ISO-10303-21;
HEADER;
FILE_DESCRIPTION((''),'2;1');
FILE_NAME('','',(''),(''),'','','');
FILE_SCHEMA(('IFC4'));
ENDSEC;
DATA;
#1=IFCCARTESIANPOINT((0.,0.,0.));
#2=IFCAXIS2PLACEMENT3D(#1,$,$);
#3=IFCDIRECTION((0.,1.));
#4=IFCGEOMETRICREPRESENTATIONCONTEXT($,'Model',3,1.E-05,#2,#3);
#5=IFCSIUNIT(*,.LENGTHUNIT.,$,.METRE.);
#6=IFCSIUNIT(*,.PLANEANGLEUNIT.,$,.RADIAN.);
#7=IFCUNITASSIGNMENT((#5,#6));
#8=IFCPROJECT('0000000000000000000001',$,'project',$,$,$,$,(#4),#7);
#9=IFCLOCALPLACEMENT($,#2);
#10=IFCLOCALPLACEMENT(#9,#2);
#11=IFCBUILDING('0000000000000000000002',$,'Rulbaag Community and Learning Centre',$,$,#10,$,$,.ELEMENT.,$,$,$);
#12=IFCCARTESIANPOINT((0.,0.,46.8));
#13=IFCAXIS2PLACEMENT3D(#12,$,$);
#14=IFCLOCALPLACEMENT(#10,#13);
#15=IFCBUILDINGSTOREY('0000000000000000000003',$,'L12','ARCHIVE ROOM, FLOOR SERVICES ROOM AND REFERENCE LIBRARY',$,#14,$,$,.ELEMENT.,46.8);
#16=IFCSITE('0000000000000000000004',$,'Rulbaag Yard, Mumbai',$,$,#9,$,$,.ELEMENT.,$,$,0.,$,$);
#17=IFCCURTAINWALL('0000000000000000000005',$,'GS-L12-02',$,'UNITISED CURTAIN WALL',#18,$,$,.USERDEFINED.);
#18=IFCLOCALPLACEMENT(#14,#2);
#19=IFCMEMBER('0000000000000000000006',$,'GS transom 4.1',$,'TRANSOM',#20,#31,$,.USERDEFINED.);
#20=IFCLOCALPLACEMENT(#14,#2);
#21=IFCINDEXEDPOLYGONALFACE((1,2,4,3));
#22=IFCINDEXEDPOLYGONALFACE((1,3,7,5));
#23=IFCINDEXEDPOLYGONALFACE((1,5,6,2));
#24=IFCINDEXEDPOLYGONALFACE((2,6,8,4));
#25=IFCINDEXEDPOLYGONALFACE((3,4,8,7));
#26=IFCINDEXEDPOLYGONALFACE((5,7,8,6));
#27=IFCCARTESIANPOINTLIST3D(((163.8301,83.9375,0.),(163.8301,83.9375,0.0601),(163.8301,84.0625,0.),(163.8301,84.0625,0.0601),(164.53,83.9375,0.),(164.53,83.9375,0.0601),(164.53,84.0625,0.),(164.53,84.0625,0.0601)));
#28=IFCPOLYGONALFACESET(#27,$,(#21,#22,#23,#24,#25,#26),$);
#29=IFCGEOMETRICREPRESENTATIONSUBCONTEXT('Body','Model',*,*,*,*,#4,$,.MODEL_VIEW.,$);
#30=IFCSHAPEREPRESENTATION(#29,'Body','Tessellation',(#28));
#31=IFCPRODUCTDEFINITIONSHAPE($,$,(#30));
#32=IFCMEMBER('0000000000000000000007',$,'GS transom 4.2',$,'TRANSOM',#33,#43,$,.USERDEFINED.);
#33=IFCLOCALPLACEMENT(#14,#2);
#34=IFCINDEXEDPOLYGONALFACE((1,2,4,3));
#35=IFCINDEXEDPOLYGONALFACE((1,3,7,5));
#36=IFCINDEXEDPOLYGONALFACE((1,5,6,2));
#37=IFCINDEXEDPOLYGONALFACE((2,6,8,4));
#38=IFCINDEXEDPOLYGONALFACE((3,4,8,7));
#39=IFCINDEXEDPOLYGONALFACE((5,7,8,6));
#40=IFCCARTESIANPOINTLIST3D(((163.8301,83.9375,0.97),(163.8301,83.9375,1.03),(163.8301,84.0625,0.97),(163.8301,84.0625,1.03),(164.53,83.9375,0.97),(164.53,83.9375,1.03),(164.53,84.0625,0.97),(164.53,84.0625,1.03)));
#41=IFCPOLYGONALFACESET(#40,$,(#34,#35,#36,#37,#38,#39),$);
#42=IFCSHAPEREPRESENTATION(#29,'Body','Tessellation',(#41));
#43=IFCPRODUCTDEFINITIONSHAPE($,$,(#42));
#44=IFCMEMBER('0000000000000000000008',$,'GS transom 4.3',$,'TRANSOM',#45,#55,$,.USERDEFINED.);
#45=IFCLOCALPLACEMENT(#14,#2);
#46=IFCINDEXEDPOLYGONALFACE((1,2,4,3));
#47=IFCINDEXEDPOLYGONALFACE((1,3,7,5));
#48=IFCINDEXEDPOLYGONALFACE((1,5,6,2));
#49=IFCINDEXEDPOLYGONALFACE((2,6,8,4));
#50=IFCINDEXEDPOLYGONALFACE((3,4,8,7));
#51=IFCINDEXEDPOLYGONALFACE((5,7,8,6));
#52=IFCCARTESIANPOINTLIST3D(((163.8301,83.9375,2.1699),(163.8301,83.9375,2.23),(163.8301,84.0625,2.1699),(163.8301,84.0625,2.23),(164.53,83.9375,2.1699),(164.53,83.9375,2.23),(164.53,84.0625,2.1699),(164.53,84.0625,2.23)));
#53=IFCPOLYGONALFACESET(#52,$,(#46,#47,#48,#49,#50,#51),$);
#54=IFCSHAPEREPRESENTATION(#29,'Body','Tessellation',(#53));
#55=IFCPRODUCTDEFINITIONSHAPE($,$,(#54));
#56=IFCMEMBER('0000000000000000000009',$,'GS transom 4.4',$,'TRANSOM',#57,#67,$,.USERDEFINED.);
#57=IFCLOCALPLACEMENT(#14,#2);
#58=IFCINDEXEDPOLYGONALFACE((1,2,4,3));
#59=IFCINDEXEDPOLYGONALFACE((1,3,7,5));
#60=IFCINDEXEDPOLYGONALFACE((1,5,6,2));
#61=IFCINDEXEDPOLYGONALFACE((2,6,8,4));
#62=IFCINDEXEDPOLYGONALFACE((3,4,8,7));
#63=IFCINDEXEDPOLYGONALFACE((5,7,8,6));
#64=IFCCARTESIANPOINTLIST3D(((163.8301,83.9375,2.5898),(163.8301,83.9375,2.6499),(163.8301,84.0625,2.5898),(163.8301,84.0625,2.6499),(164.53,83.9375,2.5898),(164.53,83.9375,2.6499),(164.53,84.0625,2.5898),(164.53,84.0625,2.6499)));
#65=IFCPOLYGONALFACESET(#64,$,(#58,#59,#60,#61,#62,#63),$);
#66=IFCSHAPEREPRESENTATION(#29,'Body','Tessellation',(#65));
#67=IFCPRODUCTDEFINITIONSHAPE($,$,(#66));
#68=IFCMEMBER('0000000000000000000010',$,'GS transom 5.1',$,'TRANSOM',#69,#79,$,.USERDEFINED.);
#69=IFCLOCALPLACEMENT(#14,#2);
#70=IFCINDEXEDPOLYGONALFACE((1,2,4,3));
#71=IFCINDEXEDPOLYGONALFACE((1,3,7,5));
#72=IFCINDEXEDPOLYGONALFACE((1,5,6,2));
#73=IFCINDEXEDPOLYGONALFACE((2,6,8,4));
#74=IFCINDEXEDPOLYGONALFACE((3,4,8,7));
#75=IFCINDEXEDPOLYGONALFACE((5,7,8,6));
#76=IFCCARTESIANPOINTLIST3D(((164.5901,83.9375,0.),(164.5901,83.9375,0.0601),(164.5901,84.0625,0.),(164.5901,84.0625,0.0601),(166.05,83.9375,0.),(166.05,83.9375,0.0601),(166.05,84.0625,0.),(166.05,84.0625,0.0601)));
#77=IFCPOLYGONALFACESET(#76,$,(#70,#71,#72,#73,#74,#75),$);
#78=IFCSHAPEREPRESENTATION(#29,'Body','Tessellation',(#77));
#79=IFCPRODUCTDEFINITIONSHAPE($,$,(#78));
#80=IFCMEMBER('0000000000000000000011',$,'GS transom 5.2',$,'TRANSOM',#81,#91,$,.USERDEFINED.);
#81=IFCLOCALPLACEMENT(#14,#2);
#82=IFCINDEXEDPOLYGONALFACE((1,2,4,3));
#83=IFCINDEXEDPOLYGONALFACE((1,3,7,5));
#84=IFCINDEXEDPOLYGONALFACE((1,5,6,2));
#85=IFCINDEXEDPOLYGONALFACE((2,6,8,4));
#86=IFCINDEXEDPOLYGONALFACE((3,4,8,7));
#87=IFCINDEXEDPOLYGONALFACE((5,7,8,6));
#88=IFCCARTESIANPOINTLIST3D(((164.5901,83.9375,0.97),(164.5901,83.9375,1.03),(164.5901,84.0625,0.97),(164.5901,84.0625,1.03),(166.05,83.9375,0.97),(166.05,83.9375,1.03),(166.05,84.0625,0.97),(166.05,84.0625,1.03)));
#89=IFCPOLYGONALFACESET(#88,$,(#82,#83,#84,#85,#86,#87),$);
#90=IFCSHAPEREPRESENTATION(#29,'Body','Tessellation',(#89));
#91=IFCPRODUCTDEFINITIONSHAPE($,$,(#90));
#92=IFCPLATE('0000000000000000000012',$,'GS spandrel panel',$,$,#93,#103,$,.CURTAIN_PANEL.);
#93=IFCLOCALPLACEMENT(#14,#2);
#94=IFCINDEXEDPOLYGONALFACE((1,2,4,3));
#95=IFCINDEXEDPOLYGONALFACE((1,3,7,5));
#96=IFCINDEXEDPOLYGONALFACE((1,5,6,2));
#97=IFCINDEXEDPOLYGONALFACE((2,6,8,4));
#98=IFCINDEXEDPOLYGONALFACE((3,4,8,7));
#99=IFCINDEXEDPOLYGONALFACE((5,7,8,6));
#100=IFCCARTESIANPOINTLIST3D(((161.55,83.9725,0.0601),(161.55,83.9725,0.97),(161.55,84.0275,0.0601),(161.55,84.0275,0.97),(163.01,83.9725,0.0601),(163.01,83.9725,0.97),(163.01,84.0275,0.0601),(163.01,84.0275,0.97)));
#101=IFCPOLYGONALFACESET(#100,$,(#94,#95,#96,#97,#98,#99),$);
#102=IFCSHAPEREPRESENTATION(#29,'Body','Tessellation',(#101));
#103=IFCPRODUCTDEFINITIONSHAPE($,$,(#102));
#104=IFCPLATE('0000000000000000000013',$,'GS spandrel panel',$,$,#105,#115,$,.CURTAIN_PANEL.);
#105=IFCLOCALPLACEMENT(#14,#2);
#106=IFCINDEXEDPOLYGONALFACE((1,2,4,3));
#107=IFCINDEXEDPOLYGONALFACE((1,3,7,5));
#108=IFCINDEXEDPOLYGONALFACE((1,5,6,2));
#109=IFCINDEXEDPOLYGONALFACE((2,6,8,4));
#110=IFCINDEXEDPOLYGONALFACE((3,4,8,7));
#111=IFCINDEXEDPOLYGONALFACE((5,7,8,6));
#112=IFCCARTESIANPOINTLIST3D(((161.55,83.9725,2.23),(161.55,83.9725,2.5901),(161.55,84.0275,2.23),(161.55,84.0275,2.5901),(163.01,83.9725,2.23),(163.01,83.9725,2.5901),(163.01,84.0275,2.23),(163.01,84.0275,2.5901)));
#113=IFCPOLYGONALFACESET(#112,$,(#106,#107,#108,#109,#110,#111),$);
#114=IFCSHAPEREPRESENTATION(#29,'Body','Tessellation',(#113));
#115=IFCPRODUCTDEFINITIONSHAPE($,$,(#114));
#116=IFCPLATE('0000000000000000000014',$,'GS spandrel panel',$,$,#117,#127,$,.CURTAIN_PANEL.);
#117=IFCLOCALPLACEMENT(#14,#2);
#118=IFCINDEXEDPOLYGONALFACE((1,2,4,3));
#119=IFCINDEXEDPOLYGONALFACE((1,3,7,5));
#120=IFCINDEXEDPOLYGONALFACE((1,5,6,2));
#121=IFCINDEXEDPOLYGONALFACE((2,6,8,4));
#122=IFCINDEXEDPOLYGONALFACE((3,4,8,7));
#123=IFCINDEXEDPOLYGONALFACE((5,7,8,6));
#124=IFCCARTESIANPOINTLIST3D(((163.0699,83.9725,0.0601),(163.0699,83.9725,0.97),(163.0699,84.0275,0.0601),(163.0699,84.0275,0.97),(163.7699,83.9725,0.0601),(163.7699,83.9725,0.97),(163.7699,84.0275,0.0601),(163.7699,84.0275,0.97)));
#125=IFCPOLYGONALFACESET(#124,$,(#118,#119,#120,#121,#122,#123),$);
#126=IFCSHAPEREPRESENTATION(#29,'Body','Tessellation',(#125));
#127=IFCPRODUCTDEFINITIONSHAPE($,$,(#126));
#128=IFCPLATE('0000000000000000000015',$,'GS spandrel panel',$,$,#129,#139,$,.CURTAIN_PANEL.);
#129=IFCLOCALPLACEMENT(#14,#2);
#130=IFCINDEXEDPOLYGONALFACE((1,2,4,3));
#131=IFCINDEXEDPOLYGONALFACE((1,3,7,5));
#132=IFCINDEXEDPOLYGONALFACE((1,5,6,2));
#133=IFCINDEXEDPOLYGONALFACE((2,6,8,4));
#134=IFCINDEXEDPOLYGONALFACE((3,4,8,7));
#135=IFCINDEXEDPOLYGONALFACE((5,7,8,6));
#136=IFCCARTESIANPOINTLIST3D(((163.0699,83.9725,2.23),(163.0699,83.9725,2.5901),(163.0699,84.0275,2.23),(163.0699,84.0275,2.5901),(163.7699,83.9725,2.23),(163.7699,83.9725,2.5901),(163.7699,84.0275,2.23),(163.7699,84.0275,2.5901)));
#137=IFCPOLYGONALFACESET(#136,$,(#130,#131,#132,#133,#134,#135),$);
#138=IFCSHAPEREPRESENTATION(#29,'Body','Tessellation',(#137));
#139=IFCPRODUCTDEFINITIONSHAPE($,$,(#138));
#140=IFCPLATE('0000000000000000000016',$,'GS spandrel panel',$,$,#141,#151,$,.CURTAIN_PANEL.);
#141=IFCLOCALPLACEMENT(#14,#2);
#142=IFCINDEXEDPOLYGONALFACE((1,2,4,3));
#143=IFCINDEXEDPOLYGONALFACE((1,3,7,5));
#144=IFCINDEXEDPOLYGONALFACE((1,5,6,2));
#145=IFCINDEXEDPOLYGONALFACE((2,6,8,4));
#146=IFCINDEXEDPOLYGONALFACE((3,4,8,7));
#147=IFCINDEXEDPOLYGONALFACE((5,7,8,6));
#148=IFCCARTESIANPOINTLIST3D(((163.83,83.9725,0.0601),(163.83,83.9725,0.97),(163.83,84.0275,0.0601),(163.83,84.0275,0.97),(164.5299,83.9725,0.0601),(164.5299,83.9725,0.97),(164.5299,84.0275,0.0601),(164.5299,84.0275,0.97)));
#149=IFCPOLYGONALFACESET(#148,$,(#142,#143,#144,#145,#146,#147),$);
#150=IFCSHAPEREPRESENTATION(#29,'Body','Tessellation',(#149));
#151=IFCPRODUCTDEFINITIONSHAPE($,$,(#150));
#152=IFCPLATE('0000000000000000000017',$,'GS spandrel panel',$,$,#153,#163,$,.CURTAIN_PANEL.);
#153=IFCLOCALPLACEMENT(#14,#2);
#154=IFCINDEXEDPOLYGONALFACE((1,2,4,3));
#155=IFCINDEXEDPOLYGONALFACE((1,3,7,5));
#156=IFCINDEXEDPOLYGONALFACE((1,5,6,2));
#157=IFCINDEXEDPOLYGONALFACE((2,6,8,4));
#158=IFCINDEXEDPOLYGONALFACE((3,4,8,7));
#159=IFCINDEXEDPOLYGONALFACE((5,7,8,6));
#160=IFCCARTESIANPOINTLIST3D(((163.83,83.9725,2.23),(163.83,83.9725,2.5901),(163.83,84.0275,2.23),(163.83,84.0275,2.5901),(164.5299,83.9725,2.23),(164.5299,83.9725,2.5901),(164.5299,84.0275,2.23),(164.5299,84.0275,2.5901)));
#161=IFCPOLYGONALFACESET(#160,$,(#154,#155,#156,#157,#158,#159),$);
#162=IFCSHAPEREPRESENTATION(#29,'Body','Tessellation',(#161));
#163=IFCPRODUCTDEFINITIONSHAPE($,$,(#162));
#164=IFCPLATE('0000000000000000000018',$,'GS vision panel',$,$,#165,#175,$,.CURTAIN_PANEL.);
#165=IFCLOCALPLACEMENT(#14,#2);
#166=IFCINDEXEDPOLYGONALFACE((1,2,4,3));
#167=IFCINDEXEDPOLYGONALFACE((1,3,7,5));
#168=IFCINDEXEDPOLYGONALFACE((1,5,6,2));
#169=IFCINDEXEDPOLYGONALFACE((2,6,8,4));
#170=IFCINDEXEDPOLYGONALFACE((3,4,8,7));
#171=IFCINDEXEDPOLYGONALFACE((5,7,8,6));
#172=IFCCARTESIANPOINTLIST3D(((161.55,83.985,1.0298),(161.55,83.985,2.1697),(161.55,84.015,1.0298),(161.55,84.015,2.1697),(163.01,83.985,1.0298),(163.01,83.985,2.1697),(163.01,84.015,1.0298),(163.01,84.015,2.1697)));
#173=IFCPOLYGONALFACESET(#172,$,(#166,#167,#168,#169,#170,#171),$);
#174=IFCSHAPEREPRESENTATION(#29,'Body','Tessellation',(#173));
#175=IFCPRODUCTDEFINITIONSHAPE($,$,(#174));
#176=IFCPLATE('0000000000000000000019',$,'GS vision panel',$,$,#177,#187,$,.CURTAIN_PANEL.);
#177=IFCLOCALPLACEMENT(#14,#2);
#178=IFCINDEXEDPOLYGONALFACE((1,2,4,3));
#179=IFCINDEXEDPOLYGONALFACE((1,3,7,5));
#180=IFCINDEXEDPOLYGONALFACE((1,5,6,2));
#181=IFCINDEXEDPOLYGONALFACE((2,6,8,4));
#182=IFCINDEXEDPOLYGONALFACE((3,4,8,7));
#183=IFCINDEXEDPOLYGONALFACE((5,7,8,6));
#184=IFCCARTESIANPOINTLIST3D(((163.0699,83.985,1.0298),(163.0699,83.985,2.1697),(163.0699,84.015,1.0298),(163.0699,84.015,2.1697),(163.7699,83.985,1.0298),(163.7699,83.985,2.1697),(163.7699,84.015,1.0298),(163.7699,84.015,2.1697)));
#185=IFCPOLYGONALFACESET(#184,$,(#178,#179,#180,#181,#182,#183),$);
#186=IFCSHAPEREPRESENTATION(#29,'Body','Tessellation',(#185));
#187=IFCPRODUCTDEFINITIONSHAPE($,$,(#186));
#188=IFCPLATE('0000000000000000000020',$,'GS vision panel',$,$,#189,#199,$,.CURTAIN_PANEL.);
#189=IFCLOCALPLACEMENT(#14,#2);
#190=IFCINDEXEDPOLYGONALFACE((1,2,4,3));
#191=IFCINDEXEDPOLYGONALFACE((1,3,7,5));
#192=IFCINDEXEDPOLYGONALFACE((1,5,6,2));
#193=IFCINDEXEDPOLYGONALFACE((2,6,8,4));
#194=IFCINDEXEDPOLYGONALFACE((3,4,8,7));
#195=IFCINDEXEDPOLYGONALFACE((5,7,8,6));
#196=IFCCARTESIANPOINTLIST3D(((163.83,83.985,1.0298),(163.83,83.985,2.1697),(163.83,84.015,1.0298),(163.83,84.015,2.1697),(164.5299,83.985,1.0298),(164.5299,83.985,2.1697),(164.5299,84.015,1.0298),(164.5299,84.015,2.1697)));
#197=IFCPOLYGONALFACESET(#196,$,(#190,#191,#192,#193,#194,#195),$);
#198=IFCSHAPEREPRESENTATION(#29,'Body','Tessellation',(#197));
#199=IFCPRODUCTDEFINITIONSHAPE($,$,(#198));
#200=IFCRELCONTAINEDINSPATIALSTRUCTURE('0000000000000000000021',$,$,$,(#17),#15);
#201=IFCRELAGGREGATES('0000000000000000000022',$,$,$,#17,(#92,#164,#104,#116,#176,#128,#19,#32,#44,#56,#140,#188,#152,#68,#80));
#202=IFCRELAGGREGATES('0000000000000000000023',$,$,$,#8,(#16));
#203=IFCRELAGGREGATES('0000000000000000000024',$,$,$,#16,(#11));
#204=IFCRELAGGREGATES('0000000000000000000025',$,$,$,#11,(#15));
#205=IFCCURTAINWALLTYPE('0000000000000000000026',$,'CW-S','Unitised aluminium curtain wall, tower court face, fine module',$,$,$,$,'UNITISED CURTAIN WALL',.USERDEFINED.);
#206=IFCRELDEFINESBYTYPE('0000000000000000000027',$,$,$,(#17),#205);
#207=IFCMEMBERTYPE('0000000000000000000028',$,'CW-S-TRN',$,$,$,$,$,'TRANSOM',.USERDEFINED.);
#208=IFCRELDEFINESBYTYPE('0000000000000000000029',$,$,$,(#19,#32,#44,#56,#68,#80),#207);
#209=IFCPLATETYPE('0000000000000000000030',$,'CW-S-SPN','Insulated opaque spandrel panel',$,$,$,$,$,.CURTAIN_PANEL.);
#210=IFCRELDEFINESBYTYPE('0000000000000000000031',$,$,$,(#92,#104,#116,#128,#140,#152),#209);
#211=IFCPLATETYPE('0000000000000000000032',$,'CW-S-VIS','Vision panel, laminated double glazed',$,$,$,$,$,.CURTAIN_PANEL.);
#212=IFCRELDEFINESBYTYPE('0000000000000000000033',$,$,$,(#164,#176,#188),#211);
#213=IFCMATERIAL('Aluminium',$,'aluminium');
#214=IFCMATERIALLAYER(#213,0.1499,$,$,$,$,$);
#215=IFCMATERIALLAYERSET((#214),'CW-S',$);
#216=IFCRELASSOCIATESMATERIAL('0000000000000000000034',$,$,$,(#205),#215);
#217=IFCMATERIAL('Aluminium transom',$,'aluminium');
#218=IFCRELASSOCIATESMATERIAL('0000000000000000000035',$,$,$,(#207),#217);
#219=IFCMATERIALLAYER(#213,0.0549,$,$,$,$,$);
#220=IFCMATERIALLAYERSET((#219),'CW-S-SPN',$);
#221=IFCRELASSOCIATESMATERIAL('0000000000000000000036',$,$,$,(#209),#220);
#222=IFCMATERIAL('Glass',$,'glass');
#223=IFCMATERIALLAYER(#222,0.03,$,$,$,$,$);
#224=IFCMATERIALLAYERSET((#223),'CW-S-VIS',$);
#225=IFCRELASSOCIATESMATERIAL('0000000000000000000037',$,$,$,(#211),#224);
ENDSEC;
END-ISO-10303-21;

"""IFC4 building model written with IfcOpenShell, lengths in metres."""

from ifc_helpers import new_model, si_unit, direction, frame, origin, origin_2d, place, context, subcontext, project, spatial, rectangle, extrude, material, layer, layer_set, material_profile, profile_set, type_object, element, aggregate, save


model = new_model("IFC4")

# Units and contexts
model_context = context("Model", 3, precision=1e-05, world=origin(), true_north=direction((0.0, 1.0)))
body_context = subcontext(model_context, "Body", "Model", "MODEL_VIEW")
ifc_project = project(units=[si_unit("LENGTHUNIT", "METRE"), si_unit("PLANEANGLEUNIT", "RADIAN")], contexts=[model_context])

# Site, building, storey
site_placement = place(None, origin())
site = spatial("IfcSite", under=ifc_project, at=site_placement, Name="Rulbaag Yard, Mumbai", CompositionType="ELEMENT", RefElevation=0.0)
building_placement = place(site_placement, origin())
building = spatial("IfcBuilding", under=site, at=building_placement, Name="Rulbaag Community and Learning Centre", CompositionType="ELEMENT")
storey_placement = place(building_placement, frame((0.0, 0.0, 46.8)))
storey = spatial("IfcBuildingStorey", under=building, at=storey_placement, Name="L12", Description="ARCHIVE ROOM, FLOOR SERVICES ROOM AND REFERENCE LIBRARY", CompositionType="ELEMENT", Elevation=46.8)

# Curtain wall, members, plates
ifc_material_1 = material(Name="Aluminium", Category="aluminium")
ifc_layer_1 = layer(ifc_material_1, 0.1499)
ifc_layer_set_1 = layer_set([ifc_layer_1], Name="CW-S")
curtain_wall_type = type_object("IfcCurtainWallType", Name="CW-S", Description="Unitised aluminium curtain wall, tower court face, fine module", ElementType="UNITISED CURTAIN WALL", PredefinedType="USERDEFINED", material=ifc_layer_set_1)
curtain_wall_placement = place(storey_placement, origin())
curtain_wall = element("IfcCurtainWall", 1, at=curtain_wall_placement, inside=storey, type_object=curtain_wall_type, Name="GS-L12-02", ObjectType="UNITISED CURTAIN WALL", PredefinedType="USERDEFINED")
ifc_material_2 = material(Name="Aluminium transom", Category="aluminium")
ifc_material_profile_1 = material_profile(ifc_material_2, rectangle(XDim=0.125, YDim=0.0601, at=origin_2d()), Name="AL 60x125 T")
ifc_profile_set_1 = profile_set([ifc_material_profile_1], Name="Aluminium transom")
member_type_1 = type_object("IfcMemberType", Name="CW-S-TRN", ElementType="TRANSOM", PredefinedType="USERDEFINED", material=ifc_profile_set_1)
member_1_placement = place(storey_placement, frame((163.8301, 84.0, 0.03), z_axis=(1.0, 0.0, 0.0), x_axis=(0.0, 1.0, 0.0)))
member_1 = element("IfcMember", 2, at=member_1_placement, type_object=member_type_1, Name="GS transom 4.1", ObjectType="TRANSOM", PredefinedType="USERDEFINED", context=body_context, shape_type="SweptSolid", body=[
    extrude(rectangle(XDim=0.125, YDim=0.0601, at=origin_2d()), origin(), (0.0, 0.0, 1.0), 0.7),
])
member_2_placement = place(storey_placement, frame((163.8301, 84.0, 1.0), z_axis=(1.0, 0.0, 0.0), x_axis=(0.0, 1.0, 0.0)))
member_2 = element("IfcMember", 3, at=member_2_placement, type_object=member_type_1, Name="GS transom 4.2", ObjectType="TRANSOM", PredefinedType="USERDEFINED", context=body_context, shape_type="SweptSolid", body=[
    extrude(rectangle(XDim=0.125, YDim=0.0601, at=origin_2d()), origin(), (0.0, 0.0, 1.0), 0.7),
])
member_3_placement = place(storey_placement, frame((163.8301, 84.0, 2.2), z_axis=(1.0, 0.0, 0.0), x_axis=(0.0, 1.0, 0.0)))
member_3 = element("IfcMember", 4, at=member_3_placement, type_object=member_type_1, Name="GS transom 4.3", ObjectType="TRANSOM", PredefinedType="USERDEFINED", context=body_context, shape_type="SweptSolid", body=[
    extrude(rectangle(XDim=0.125, YDim=0.0601, at=origin_2d()), origin(), (0.0, 0.0, 1.0), 0.7),
])
member_4_placement = place(storey_placement, frame((163.8301, 84.0, 2.6199), z_axis=(1.0, 0.0, 0.0), x_axis=(0.0, 1.0, 0.0)))
member_4 = element("IfcMember", 5, at=member_4_placement, type_object=member_type_1, Name="GS transom 4.4", ObjectType="TRANSOM", PredefinedType="USERDEFINED", context=body_context, shape_type="SweptSolid", body=[
    extrude(rectangle(XDim=0.125, YDim=0.0601, at=origin_2d()), origin(), (0.0, 0.0, 1.0), 0.7),
])
member_5_placement = place(storey_placement, frame((164.5901, 84.0, 0.03), z_axis=(1.0, 0.0, 0.0), x_axis=(0.0, 1.0, 0.0)))
member_5 = element("IfcMember", 6, at=member_5_placement, type_object=member_type_1, Name="GS transom 5.1", ObjectType="TRANSOM", PredefinedType="USERDEFINED", context=body_context, shape_type="SweptSolid", body=[
    extrude(rectangle(XDim=0.125, YDim=0.0601, at=origin_2d()), origin(), (0.0, 0.0, 1.0), 1.46),
])
member_6_placement = place(storey_placement, frame((164.5901, 84.0, 1.0), z_axis=(1.0, 0.0, 0.0), x_axis=(0.0, 1.0, 0.0)))
member_6 = element("IfcMember", 7, at=member_6_placement, type_object=member_type_1, Name="GS transom 5.2", ObjectType="TRANSOM", PredefinedType="USERDEFINED", context=body_context, shape_type="SweptSolid", body=[
    extrude(rectangle(XDim=0.125, YDim=0.0601, at=origin_2d()), origin(), (0.0, 0.0, 1.0), 1.46),
])
ifc_layer_2 = layer(ifc_material_1, 0.0549)
ifc_layer_set_2 = layer_set([ifc_layer_2], Name="CW-S-SPN")
plate_type_1 = type_object("IfcPlateType", Name="CW-S-SPN", Description="Insulated opaque spandrel panel", PredefinedType="CURTAIN_PANEL", material=ifc_layer_set_2)
plate_1_placement = place(storey_placement, frame((162.28, 84.0, 0.0601), z_axis=(0.0, 0.0, 1.0), x_axis=(1.0, 0.0, 0.0)))
plate_1 = element("IfcPlate", 8, at=plate_1_placement, type_object=plate_type_1, Name="GS spandrel panel", PredefinedType="CURTAIN_PANEL", context=body_context, shape_type="SweptSolid", body=[
    extrude(rectangle(XDim=1.46, YDim=0.0549, at=origin_2d()), origin(), (0.0, 0.0, 1.0), 0.9099),
])
plate_2_placement = place(storey_placement, frame((162.28, 84.0, 2.23), z_axis=(0.0, 0.0, 1.0), x_axis=(1.0, 0.0, 0.0)))
plate_2 = element("IfcPlate", 9, at=plate_2_placement, type_object=plate_type_1, Name="GS spandrel panel", PredefinedType="CURTAIN_PANEL", context=body_context, shape_type="SweptSolid", body=[
    extrude(rectangle(XDim=1.46, YDim=0.0549, at=origin_2d()), origin(), (0.0, 0.0, 1.0), 0.3601),
])
plate_3_placement = place(storey_placement, frame((163.4199, 84.0, 0.0601), z_axis=(0.0, 0.0, 1.0), x_axis=(1.0, 0.0, 0.0)))
plate_3 = element("IfcPlate", 10, at=plate_3_placement, type_object=plate_type_1, Name="GS spandrel panel", PredefinedType="CURTAIN_PANEL", context=body_context, shape_type="SweptSolid", body=[
    extrude(rectangle(XDim=0.7, YDim=0.0549, at=origin_2d()), origin(), (0.0, 0.0, 1.0), 0.9099),
])
plate_4_placement = place(storey_placement, frame((163.4199, 84.0, 2.23), z_axis=(0.0, 0.0, 1.0), x_axis=(1.0, 0.0, 0.0)))
plate_4 = element("IfcPlate", 11, at=plate_4_placement, type_object=plate_type_1, Name="GS spandrel panel", PredefinedType="CURTAIN_PANEL", context=body_context, shape_type="SweptSolid", body=[
    extrude(rectangle(XDim=0.7, YDim=0.0549, at=origin_2d()), origin(), (0.0, 0.0, 1.0), 0.3601),
])
plate_5_placement = place(storey_placement, frame((164.1799, 84.0, 0.0601), z_axis=(0.0, 0.0, 1.0), x_axis=(1.0, 0.0, 0.0)))
plate_5 = element("IfcPlate", 12, at=plate_5_placement, type_object=plate_type_1, Name="GS spandrel panel", PredefinedType="CURTAIN_PANEL", context=body_context, shape_type="SweptSolid", body=[
    extrude(rectangle(XDim=0.7, YDim=0.0549, at=origin_2d()), origin(), (0.0, 0.0, 1.0), 0.9099),
])
plate_6_placement = place(storey_placement, frame((164.1799, 84.0, 2.23), z_axis=(0.0, 0.0, 1.0), x_axis=(1.0, 0.0, 0.0)))
plate_6 = element("IfcPlate", 13, at=plate_6_placement, type_object=plate_type_1, Name="GS spandrel panel", PredefinedType="CURTAIN_PANEL", context=body_context, shape_type="SweptSolid", body=[
    extrude(rectangle(XDim=0.7, YDim=0.0549, at=origin_2d()), origin(), (0.0, 0.0, 1.0), 0.3601),
])
ifc_material_3 = material(Name="Glass", Category="glass")
ifc_layer_3 = layer(ifc_material_3, 0.03)
ifc_layer_set_3 = layer_set([ifc_layer_3], Name="CW-S-VIS")
plate_type_2 = type_object("IfcPlateType", Name="CW-S-VIS", Description="Vision panel, laminated double glazed", PredefinedType="CURTAIN_PANEL", material=ifc_layer_set_3)
plate_7_placement = place(storey_placement, frame((162.28, 84.0, 1.0298), z_axis=(0.0, 0.0, 1.0), x_axis=(1.0, 0.0, 0.0)))
plate_7 = element("IfcPlate", 14, at=plate_7_placement, type_object=plate_type_2, Name="GS vision panel", PredefinedType="CURTAIN_PANEL", context=body_context, shape_type="SweptSolid", body=[
    extrude(rectangle(XDim=1.46, YDim=0.03, at=origin_2d()), origin(), (0.0, 0.0, 1.0), 1.1399),
])
plate_8_placement = place(storey_placement, frame((163.4199, 84.0, 1.0298), z_axis=(0.0, 0.0, 1.0), x_axis=(1.0, 0.0, 0.0)))
plate_8 = element("IfcPlate", 15, at=plate_8_placement, type_object=plate_type_2, Name="GS vision panel", PredefinedType="CURTAIN_PANEL", context=body_context, shape_type="SweptSolid", body=[
    extrude(rectangle(XDim=0.7, YDim=0.03, at=origin_2d()), origin(), (0.0, 0.0, 1.0), 1.1399),
])
plate_9_placement = place(storey_placement, frame((164.1799, 84.0, 1.0298), z_axis=(0.0, 0.0, 1.0), x_axis=(1.0, 0.0, 0.0)))
plate_9 = element("IfcPlate", 16, at=plate_9_placement, type_object=plate_type_2, Name="GS vision panel", PredefinedType="CURTAIN_PANEL", context=body_context, shape_type="SweptSolid", body=[
    extrude(rectangle(XDim=0.7, YDim=0.03, at=origin_2d()), origin(), (0.0, 0.0, 1.0), 1.1399),
])
aggregate(curtain_wall, [plate_1, plate_7, plate_2, plate_3, plate_8, plate_4, member_1, member_2, member_3, member_4, plate_5, plate_9, plate_6, member_5, member_6])

save(model, "model.ifc")
